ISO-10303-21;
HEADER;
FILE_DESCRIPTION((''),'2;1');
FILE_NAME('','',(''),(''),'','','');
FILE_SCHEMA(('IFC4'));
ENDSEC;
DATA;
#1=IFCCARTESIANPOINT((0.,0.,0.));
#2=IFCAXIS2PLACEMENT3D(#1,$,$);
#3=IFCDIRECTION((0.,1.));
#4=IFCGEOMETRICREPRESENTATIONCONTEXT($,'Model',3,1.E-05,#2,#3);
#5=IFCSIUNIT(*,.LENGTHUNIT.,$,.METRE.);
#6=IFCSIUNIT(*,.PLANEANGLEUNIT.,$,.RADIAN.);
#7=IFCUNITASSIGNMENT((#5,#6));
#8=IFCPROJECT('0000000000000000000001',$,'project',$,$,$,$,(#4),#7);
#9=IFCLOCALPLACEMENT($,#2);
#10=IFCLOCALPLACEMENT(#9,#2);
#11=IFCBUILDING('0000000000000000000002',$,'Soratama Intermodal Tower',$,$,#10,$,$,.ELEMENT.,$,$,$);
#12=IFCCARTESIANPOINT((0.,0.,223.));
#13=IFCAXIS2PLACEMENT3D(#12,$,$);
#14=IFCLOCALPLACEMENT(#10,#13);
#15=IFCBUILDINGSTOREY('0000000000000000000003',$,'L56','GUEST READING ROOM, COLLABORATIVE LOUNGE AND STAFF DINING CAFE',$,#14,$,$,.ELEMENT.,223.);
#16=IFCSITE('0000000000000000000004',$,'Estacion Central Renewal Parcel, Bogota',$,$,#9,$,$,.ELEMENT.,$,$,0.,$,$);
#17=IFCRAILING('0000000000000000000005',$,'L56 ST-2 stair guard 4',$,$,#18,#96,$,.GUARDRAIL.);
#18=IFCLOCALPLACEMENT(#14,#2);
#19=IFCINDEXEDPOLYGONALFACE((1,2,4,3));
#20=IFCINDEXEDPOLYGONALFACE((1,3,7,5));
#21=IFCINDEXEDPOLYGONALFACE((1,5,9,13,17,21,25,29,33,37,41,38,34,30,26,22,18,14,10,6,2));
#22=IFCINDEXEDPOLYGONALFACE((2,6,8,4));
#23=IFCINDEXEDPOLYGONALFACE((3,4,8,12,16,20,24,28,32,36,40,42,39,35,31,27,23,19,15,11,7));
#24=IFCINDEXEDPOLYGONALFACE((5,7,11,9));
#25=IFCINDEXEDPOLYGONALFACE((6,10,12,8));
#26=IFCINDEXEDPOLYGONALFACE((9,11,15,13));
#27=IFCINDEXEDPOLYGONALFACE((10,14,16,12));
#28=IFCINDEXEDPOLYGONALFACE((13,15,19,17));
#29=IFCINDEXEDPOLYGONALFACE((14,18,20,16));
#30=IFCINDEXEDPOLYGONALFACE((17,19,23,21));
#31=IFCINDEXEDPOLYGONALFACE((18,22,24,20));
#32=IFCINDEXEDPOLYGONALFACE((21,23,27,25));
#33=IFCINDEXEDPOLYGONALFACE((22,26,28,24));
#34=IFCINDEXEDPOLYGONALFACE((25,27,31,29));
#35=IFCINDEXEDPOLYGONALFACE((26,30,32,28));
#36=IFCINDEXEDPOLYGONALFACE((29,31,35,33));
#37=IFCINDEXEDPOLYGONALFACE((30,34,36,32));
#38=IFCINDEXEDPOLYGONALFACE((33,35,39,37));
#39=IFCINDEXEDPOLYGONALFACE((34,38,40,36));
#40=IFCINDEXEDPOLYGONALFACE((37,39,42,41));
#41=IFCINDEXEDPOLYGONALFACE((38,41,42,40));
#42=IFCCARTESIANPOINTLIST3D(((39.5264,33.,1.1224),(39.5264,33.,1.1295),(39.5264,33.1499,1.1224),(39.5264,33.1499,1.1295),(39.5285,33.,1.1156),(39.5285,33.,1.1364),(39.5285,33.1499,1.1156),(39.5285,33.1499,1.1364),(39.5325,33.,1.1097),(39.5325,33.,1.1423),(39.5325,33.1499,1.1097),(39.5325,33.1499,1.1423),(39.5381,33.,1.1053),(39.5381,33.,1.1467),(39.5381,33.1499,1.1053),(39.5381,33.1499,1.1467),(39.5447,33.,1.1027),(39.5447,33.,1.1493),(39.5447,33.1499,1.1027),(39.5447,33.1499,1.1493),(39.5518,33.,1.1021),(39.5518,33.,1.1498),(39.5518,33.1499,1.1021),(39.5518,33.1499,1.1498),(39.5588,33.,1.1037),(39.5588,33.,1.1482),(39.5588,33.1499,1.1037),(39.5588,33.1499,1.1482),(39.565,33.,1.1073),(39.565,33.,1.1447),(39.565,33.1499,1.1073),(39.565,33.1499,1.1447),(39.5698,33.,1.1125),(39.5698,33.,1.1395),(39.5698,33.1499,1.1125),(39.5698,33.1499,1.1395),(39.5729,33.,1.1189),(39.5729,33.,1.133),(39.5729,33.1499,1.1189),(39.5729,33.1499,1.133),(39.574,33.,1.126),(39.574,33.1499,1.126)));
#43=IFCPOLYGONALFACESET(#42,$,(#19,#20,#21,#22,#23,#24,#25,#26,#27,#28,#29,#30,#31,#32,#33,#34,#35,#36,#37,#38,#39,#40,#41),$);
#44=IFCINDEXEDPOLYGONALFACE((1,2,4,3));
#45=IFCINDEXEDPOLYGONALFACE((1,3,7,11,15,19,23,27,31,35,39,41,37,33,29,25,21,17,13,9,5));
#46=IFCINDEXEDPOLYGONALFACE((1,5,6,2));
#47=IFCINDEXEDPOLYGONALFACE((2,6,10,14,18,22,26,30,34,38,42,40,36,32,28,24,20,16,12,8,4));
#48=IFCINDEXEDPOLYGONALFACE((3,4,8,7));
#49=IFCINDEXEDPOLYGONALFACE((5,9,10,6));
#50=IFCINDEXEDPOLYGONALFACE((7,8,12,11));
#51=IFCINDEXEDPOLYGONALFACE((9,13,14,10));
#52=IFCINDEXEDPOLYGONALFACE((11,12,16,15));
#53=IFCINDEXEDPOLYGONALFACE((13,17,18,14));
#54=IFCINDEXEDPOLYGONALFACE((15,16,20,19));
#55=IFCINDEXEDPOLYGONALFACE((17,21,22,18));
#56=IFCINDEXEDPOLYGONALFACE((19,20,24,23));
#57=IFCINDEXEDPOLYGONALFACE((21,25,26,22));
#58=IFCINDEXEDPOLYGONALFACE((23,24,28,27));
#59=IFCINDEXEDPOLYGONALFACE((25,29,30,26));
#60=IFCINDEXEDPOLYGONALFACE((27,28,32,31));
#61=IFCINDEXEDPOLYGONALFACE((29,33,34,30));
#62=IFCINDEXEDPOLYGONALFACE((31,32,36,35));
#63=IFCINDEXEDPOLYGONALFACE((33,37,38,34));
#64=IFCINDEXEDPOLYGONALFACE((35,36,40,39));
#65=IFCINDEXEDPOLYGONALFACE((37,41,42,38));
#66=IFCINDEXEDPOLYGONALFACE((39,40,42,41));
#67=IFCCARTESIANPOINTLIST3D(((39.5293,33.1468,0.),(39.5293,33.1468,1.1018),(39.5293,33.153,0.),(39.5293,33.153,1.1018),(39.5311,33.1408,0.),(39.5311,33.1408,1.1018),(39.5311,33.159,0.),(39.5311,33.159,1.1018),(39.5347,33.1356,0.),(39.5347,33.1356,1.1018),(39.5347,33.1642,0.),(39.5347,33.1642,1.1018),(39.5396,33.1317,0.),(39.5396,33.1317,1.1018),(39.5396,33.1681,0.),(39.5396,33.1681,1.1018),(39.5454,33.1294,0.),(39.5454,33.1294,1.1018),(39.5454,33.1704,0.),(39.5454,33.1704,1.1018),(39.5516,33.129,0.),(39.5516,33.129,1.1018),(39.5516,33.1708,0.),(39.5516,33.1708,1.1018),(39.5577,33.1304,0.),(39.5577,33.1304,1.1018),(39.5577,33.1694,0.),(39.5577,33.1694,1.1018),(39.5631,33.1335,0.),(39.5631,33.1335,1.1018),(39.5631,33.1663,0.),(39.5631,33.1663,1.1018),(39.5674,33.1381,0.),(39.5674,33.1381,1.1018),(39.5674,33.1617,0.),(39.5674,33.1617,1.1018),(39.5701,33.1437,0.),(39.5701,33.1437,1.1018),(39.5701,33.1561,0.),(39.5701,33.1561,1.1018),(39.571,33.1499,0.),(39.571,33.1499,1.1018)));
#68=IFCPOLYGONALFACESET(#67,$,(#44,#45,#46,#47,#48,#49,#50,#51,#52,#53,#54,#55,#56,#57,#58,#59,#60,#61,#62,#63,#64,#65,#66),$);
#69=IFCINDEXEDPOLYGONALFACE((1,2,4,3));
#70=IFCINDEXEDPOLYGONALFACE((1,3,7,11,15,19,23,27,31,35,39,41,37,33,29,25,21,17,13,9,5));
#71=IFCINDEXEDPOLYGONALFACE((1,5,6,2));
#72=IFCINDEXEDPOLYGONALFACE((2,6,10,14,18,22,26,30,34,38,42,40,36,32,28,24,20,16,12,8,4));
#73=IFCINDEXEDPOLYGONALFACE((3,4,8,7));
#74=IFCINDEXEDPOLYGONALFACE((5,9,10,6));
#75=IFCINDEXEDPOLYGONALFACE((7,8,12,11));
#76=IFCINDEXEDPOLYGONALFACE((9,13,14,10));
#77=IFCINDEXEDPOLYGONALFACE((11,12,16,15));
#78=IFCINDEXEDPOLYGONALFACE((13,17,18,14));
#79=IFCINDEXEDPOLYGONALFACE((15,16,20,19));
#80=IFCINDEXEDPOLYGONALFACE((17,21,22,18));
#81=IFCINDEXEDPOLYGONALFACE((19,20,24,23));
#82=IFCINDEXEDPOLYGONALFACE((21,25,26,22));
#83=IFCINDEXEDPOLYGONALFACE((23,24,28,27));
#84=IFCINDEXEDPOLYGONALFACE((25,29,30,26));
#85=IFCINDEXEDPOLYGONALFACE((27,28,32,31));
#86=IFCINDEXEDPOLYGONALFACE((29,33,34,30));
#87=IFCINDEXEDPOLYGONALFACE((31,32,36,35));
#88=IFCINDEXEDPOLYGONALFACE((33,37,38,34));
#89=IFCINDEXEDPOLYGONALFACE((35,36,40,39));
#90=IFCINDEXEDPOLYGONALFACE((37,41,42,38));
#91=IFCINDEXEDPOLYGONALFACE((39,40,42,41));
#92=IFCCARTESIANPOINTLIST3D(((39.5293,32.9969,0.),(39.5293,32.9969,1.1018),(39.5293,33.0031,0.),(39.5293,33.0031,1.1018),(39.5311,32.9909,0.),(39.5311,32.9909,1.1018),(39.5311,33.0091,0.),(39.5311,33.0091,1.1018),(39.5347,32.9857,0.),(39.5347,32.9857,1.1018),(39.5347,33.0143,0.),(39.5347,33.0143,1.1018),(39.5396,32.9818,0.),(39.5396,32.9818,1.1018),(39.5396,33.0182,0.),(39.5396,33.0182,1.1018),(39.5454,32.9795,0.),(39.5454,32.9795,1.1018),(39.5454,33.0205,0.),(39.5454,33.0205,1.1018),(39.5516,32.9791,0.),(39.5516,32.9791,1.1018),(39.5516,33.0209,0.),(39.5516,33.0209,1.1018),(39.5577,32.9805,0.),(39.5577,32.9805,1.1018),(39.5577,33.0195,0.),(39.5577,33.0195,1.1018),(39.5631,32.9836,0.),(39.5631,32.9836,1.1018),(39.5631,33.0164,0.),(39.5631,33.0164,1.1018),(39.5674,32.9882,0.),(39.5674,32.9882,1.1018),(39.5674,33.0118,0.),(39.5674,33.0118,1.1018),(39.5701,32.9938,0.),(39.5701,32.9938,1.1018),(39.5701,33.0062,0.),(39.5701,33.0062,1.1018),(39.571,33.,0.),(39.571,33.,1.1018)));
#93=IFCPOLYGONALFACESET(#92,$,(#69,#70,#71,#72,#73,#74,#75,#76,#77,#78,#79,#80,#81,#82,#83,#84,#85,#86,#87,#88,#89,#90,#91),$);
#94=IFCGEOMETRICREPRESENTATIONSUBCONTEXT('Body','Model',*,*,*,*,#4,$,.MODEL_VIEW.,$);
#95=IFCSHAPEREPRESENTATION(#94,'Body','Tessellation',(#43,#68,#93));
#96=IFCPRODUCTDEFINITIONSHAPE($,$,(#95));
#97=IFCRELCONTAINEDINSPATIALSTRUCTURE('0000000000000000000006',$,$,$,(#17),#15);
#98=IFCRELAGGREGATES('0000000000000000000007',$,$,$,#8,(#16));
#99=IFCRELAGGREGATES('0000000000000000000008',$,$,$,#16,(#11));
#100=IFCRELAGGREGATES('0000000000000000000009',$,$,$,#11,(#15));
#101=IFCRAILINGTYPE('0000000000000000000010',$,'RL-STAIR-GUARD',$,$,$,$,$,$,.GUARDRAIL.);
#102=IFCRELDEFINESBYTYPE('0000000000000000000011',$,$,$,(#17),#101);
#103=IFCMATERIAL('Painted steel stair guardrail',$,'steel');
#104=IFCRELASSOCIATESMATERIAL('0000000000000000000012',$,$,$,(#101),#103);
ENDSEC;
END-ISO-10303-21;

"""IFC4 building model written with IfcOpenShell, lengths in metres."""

from ifc_helpers import new_model, si_unit, direction, frame, origin, origin_2d, place, context, subcontext, project, spatial, circle, extrude, material, type_object, element, save


model = new_model("IFC4")

# Units and contexts
model_context = context("Model", 3, precision=1e-05, world=origin(), true_north=direction((0.0, 1.0)))
body_context = subcontext(model_context, "Body", "Model", "MODEL_VIEW")
ifc_project = project(units=[si_unit("LENGTHUNIT", "METRE"), si_unit("PLANEANGLEUNIT", "RADIAN")], contexts=[model_context])

# Site, building, storey
site_placement = place(None, origin())
site = spatial("IfcSite", under=ifc_project, at=site_placement, Name="Estacion Central Renewal Parcel, Bogota", CompositionType="ELEMENT", RefElevation=0.0)
building_placement = place(site_placement, origin())
building = spatial("IfcBuilding", under=site, at=building_placement, Name="Soratama Intermodal Tower", CompositionType="ELEMENT")
storey_placement = place(building_placement, frame((0.0, 0.0, 223.0)))
storey = spatial("IfcBuildingStorey", under=building, at=storey_placement, Name="L56", Description="GUEST READING ROOM, COLLABORATIVE LOUNGE AND STAFF DINING CAFE", CompositionType="ELEMENT", Elevation=223.0)

# Railing
ifc_material_1 = material(Name="Painted steel stair guardrail", Category="steel")
railing_type = type_object("IfcRailingType", Name="RL-STAIR-GUARD", PredefinedType="GUARDRAIL", material=ifc_material_1)
railing_placement = place(storey_placement, frame((39.55, 33.1499, 0.0)))
element("IfcRailing", 1, at=railing_placement, inside=storey, type_object=railing_type, Name="L56 ST-2 stair guard 4", PredefinedType="GUARDRAIL", context=body_context, shape_type="SweptSolid", body=[
    extrude(circle(Radius=0.0239, at=origin_2d()), frame((0.0, 0.0, 1.126), z_axis=(0.0, -1.0, 0.0), x_axis=(1.0, 0.0, 0.0)), (0.0, 0.0, 1.0), 0.1499),
    extrude(circle(Radius=0.021, at=origin_2d()), origin(), (0.0, 0.0, 1.0), 1.1018),
    extrude(circle(Radius=0.021, at=origin_2d()), frame((0.0, -0.1499, 0.0)), (0.0, 0.0, 1.0), 1.1018),
])

save(model, "model.ifc")
